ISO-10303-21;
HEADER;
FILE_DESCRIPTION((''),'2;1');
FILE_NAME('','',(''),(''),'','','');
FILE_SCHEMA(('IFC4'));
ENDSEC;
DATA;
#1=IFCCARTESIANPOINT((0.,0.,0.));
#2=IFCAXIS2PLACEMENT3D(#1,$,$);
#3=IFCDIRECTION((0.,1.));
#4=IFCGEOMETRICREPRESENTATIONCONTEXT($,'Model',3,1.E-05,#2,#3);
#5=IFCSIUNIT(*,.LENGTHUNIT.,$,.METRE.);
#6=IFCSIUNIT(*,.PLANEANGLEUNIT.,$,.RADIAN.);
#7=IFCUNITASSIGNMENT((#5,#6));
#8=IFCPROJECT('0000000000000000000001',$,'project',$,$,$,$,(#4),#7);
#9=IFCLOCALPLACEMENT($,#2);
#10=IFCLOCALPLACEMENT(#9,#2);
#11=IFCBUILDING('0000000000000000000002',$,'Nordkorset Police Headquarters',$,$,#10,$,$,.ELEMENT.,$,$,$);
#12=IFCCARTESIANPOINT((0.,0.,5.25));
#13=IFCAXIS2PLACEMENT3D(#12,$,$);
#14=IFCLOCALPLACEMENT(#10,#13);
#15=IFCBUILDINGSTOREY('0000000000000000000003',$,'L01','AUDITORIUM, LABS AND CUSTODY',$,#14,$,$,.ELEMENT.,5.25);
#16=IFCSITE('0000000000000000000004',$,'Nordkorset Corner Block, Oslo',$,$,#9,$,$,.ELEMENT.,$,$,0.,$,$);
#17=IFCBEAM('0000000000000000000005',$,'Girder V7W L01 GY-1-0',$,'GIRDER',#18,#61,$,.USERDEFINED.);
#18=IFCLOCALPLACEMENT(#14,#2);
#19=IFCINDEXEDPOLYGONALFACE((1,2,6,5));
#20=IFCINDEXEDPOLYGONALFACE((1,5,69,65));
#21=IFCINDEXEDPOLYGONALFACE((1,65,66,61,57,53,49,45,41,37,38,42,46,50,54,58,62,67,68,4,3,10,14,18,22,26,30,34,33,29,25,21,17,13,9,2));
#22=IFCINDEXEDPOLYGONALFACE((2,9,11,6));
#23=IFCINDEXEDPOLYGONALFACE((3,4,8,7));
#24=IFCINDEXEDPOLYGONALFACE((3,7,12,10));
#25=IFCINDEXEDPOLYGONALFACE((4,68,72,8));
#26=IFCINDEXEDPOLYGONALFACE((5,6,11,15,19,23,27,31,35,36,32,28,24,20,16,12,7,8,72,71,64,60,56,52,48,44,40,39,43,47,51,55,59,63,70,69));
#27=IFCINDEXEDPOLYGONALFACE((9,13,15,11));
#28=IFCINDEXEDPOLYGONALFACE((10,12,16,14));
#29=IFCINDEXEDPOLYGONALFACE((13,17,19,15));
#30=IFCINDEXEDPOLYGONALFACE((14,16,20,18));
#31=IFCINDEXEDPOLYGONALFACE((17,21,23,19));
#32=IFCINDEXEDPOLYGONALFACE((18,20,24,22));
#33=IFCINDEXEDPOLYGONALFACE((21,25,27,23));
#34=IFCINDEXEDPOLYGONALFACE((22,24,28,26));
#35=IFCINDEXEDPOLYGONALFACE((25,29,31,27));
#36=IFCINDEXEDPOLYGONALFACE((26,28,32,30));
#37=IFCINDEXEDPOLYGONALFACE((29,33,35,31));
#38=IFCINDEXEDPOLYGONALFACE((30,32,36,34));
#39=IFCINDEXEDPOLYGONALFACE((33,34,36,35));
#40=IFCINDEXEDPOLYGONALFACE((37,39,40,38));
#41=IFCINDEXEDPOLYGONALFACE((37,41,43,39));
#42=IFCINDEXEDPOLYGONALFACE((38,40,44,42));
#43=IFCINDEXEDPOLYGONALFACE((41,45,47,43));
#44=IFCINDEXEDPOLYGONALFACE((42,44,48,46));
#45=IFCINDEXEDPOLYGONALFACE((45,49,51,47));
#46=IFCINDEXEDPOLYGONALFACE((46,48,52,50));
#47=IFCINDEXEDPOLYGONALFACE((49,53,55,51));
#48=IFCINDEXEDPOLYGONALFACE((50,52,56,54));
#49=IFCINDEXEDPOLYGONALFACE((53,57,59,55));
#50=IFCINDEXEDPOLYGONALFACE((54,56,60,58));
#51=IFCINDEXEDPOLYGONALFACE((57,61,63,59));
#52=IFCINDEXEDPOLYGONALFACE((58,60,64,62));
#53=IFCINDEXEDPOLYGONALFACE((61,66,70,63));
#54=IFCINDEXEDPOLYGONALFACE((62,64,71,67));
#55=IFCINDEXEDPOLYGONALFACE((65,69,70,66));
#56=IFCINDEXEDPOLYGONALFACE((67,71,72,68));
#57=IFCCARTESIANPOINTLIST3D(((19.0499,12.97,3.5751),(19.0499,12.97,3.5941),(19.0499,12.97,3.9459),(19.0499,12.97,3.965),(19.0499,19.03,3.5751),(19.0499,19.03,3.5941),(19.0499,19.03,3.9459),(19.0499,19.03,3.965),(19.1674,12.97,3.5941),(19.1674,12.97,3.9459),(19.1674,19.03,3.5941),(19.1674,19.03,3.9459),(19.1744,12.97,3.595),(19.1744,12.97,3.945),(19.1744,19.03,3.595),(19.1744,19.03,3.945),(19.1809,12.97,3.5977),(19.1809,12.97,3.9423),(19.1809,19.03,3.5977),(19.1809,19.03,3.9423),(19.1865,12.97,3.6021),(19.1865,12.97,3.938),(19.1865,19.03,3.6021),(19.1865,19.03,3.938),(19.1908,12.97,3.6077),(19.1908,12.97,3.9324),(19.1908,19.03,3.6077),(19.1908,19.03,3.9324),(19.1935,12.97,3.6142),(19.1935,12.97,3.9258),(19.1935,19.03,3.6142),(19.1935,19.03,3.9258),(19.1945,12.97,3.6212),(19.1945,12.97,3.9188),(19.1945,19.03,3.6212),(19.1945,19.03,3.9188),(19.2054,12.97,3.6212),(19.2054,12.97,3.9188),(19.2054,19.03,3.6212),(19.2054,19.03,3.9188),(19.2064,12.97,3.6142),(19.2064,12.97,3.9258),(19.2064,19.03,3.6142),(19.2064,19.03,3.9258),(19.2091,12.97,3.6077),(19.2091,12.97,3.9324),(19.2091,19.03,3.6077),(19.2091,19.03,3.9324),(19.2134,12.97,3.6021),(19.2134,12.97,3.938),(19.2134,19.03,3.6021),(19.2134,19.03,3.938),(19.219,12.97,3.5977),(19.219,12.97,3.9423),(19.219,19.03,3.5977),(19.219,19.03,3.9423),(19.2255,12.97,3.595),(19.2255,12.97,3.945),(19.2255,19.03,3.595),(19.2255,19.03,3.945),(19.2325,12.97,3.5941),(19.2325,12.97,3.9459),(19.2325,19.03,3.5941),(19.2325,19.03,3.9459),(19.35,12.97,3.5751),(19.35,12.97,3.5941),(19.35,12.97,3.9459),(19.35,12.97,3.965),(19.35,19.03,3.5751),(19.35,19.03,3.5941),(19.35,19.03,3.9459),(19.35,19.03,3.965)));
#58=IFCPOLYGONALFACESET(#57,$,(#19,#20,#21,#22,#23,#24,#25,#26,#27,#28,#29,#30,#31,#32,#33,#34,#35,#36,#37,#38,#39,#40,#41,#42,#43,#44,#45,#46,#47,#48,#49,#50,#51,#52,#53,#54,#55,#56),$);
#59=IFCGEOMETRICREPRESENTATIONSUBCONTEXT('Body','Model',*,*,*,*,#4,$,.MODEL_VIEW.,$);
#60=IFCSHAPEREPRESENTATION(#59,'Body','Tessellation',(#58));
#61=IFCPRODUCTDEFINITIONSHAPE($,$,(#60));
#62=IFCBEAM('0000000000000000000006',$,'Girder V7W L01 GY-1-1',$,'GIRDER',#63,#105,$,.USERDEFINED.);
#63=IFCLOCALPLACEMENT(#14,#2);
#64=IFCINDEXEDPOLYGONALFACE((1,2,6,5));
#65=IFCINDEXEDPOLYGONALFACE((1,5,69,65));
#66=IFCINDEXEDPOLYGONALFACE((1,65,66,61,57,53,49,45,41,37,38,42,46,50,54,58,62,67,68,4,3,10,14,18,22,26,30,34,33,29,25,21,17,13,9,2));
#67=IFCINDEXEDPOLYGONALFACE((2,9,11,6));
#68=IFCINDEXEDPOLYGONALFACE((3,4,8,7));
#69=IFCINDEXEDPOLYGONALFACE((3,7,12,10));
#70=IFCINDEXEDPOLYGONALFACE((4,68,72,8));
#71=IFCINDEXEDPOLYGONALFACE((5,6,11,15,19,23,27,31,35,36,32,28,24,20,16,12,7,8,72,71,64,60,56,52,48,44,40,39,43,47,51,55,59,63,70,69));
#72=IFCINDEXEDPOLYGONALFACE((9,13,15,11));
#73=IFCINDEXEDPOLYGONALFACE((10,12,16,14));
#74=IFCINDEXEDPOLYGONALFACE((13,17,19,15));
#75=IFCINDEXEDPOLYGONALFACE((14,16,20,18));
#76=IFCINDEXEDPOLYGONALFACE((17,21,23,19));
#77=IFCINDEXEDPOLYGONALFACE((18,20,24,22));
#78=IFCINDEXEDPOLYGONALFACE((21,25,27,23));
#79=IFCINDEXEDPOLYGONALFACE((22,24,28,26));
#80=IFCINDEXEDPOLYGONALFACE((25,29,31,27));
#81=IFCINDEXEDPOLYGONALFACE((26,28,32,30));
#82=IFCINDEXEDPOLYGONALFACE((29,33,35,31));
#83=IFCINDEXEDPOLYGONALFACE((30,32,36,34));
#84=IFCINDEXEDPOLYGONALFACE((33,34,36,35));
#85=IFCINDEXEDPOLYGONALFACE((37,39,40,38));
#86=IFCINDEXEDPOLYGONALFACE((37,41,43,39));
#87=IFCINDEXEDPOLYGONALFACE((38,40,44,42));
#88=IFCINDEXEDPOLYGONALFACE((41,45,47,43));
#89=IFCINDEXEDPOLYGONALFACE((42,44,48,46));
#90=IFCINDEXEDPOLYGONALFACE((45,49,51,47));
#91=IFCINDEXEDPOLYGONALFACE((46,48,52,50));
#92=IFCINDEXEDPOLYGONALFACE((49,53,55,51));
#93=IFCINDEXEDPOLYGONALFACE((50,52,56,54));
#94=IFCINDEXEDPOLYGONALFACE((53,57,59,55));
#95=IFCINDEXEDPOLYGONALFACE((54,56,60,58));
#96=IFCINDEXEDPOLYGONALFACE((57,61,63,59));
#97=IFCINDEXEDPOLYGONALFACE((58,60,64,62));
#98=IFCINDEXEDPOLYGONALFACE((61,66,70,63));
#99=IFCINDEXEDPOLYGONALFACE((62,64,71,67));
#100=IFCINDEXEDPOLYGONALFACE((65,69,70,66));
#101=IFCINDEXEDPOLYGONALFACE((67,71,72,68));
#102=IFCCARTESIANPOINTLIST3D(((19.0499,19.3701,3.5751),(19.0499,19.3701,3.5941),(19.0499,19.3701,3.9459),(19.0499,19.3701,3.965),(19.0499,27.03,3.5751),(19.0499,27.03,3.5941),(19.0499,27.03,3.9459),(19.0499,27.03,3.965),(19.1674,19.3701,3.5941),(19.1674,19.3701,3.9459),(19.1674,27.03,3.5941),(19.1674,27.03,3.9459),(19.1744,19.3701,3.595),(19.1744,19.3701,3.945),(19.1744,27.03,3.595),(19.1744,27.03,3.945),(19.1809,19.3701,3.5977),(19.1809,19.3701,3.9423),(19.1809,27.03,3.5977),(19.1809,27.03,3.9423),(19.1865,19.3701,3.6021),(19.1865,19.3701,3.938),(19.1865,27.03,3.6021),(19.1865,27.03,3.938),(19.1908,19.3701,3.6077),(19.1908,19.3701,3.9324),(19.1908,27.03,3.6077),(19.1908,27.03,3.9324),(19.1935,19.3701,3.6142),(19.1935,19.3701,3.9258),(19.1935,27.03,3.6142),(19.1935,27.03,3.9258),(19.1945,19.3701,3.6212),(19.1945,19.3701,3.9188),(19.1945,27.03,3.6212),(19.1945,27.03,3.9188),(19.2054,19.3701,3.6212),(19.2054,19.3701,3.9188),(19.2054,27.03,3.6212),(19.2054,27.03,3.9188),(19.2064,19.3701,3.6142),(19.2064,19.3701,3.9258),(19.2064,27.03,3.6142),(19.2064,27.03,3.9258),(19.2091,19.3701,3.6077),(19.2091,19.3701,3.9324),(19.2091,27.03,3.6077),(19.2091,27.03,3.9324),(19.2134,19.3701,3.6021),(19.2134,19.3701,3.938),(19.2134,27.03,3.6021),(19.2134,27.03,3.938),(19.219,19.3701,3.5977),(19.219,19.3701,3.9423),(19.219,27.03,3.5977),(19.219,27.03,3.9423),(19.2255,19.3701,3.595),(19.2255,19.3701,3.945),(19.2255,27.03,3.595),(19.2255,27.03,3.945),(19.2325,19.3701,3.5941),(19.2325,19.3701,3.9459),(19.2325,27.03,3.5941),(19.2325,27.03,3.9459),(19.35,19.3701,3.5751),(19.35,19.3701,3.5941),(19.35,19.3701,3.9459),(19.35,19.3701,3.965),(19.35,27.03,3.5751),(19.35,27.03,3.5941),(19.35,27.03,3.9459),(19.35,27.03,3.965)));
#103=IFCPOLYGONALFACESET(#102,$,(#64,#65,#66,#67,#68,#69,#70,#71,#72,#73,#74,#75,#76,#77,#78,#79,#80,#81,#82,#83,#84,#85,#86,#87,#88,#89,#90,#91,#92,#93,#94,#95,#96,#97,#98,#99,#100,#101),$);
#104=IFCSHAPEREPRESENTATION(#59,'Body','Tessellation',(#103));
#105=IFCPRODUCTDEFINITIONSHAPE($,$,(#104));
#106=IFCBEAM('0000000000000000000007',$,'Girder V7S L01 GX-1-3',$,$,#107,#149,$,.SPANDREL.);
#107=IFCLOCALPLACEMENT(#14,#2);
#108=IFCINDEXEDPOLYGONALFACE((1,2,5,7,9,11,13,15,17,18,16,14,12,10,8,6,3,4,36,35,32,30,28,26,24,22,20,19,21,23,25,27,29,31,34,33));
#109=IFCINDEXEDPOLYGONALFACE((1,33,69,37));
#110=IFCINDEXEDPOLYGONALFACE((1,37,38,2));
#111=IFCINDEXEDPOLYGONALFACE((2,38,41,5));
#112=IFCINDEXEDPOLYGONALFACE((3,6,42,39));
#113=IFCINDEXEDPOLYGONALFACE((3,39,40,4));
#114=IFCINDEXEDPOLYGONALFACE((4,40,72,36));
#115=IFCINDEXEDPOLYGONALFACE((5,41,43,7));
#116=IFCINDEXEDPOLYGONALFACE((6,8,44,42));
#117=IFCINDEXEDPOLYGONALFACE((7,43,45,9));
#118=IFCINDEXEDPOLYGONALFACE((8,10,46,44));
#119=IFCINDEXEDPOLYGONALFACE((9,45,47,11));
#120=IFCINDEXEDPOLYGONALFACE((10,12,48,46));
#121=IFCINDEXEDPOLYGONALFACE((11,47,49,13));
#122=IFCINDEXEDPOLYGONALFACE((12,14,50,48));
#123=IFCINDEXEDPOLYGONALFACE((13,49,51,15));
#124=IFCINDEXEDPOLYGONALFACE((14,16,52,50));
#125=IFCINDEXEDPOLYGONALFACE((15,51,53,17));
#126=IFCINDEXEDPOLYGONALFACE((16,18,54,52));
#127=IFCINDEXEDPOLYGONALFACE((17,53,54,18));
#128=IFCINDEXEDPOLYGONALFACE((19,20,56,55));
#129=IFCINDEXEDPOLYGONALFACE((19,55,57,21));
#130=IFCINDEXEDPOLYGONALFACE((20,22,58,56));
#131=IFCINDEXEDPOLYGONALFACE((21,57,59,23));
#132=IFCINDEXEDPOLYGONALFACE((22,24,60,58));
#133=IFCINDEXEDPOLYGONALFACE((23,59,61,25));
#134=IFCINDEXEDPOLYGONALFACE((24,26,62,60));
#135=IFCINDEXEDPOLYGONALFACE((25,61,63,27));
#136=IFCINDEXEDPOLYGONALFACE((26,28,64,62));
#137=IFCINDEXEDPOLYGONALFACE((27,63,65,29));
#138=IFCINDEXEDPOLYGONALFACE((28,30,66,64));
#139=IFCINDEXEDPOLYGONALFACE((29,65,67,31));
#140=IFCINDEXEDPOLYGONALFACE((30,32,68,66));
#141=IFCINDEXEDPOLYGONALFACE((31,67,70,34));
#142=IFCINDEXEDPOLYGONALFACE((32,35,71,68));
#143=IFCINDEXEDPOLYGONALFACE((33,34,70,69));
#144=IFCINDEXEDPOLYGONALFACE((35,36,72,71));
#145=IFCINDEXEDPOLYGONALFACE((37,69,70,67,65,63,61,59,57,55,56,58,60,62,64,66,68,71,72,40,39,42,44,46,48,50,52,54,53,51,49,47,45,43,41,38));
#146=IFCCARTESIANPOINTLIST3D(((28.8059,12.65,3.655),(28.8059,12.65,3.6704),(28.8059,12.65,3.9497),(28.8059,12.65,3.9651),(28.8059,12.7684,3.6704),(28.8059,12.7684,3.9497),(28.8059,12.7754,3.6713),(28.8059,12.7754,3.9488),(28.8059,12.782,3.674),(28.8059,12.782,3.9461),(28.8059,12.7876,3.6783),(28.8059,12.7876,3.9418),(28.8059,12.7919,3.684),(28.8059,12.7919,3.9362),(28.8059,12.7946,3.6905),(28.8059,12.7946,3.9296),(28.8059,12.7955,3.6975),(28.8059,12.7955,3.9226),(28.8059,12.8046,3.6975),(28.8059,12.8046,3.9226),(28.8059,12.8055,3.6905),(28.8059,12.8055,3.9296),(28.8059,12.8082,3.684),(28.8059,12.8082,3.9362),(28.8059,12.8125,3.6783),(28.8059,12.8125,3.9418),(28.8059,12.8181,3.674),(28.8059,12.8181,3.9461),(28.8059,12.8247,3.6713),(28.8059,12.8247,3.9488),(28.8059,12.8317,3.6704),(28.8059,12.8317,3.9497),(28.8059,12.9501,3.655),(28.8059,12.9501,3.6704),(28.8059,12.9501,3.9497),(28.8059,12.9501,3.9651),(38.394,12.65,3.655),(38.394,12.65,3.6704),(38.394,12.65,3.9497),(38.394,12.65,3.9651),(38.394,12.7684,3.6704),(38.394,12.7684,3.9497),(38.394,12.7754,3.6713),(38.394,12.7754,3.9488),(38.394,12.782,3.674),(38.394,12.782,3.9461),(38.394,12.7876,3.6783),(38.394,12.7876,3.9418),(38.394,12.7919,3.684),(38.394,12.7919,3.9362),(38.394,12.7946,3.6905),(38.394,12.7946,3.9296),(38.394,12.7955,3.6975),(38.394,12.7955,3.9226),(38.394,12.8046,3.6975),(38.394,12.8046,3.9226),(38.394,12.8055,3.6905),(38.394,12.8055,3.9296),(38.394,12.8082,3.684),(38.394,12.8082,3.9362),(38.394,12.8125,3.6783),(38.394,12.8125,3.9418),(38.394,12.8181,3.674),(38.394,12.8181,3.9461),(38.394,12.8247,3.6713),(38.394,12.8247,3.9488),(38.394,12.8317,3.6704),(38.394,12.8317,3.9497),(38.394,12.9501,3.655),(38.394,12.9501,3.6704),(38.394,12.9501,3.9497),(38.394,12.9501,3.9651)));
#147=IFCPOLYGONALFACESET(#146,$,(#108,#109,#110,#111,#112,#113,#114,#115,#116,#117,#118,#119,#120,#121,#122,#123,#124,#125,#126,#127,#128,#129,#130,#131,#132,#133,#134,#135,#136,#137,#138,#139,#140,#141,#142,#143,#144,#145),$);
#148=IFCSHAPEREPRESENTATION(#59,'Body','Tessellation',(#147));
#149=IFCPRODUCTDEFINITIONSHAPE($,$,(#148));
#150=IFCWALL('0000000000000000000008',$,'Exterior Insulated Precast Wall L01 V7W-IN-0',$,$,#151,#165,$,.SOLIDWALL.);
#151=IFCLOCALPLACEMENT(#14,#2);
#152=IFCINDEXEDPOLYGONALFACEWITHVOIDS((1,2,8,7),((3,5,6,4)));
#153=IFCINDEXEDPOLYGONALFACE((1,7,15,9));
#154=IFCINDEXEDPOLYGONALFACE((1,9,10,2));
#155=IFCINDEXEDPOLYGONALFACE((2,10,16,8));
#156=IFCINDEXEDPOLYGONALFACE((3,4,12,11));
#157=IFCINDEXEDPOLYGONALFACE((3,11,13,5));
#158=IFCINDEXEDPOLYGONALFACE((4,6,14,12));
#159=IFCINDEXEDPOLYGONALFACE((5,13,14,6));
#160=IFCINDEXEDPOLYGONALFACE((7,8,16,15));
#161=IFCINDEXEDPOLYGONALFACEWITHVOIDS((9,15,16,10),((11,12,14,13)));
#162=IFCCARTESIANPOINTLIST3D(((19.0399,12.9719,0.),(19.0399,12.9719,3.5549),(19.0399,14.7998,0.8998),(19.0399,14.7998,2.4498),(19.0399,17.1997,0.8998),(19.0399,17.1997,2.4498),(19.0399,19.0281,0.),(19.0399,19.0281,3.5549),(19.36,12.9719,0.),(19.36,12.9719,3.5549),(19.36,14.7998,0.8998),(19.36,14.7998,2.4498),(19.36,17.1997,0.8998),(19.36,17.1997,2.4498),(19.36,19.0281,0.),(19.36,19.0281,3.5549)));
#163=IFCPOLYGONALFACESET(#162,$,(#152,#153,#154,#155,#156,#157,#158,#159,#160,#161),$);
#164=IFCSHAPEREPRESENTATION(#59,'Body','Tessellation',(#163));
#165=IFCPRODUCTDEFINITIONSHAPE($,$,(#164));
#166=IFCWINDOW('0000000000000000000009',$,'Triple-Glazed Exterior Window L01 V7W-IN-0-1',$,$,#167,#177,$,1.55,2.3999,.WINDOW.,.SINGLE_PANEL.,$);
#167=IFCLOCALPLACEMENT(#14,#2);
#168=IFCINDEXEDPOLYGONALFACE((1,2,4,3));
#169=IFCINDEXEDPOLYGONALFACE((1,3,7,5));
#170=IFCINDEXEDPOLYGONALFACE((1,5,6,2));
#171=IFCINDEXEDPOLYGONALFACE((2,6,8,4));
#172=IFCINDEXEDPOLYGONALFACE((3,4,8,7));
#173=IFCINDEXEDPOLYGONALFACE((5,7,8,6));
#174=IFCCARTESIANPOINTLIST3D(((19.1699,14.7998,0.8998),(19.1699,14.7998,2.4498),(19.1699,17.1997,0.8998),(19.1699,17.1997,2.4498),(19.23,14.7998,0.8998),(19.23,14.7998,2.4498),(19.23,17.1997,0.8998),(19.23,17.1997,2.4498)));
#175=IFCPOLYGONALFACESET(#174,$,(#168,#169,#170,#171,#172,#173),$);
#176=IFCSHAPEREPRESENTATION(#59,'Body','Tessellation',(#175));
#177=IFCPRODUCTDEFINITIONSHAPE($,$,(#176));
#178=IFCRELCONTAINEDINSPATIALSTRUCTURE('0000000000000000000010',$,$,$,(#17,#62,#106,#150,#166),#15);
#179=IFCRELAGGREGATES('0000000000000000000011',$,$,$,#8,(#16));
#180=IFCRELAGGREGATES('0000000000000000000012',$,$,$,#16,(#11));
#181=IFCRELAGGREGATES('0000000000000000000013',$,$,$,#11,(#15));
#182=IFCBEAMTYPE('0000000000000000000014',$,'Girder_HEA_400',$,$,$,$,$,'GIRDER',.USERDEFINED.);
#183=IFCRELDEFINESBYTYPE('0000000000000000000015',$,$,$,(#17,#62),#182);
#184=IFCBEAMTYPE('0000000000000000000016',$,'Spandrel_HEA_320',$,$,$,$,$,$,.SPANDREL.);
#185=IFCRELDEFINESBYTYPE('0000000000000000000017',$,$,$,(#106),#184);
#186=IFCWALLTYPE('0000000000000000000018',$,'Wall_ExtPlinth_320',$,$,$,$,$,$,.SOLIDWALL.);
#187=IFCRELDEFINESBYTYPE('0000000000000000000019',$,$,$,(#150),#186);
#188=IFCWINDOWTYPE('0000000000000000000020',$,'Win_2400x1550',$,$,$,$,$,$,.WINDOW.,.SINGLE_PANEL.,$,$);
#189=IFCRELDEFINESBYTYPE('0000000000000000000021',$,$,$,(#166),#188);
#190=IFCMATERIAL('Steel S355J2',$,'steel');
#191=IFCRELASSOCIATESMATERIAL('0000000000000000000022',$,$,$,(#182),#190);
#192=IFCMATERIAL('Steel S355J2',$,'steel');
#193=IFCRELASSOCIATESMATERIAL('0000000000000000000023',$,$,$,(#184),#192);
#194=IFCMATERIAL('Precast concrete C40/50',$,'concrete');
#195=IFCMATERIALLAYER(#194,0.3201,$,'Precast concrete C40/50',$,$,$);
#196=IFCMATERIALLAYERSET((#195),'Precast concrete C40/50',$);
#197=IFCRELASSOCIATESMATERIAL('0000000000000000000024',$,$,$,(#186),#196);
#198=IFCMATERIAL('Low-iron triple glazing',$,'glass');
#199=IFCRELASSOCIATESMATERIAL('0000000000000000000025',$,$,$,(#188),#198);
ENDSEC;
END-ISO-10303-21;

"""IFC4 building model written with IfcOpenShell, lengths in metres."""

from ifc_helpers import new_model, si_unit, direction, frame, frame_2d, origin, origin_2d, place, context, subcontext, project, spatial, rectangle, i_section, extrude, material, layer, layer_set, material_profile, profile_set, type_object, element, fill, save


model = new_model("IFC4")

# Units and contexts
model_context = context("Model", 3, precision=1e-05, world=origin(), true_north=direction((0.0, 1.0)))
body_context = subcontext(model_context, "Body", "Model", "MODEL_VIEW")
ifc_project = project(units=[si_unit("LENGTHUNIT", "METRE"), si_unit("PLANEANGLEUNIT", "RADIAN")], contexts=[model_context])

# Site, building, storey
site_placement = place(None, origin())
site = spatial("IfcSite", under=ifc_project, at=site_placement, Name="Nordkorset Corner Block, Oslo", CompositionType="ELEMENT", RefElevation=0.0)
building_placement = place(site_placement, origin())
building = spatial("IfcBuilding", under=site, at=building_placement, Name="Nordkorset Police Headquarters", CompositionType="ELEMENT")
storey_placement = place(building_placement, frame((0.0, 0.0, 5.25)))
storey = spatial("IfcBuildingStorey", under=building, at=storey_placement, Name="L01", Description="AUDITORIUM, LABS AND CUSTODY", CompositionType="ELEMENT", Elevation=5.25)

# Beams
ifc_material_1 = material(Name="Steel S355J2", Category="steel")
ifc_material_profile_1 = material_profile(ifc_material_1, i_section(OverallWidth=0.3, OverallDepth=0.3899, WebThickness=0.011, FlangeThickness=0.019, FilletRadius=0.0271, at=origin_2d()), Name="HEA 400")
ifc_profile_set_1 = profile_set([ifc_material_profile_1], Name="Steel S355J2")
beam_type_1 = type_object("IfcBeamType", Name="Girder_HEA_400", ElementType="GIRDER", PredefinedType="USERDEFINED", material=ifc_profile_set_1)
beam_1_placement = place(storey_placement, frame((19.2, 12.97, 3.77), z_axis=(0.0, 1.0, 0.0), x_axis=(-1.0, 0.0, 0.0)))
element("IfcBeam", 1, at=beam_1_placement, inside=storey, type_object=beam_type_1, Name="Girder V7W L01 GY-1-0", ObjectType="GIRDER", PredefinedType="USERDEFINED", context=body_context, shape_type="SweptSolid", body=[
    extrude(i_section(OverallWidth=0.3, OverallDepth=0.3899, WebThickness=0.011, FlangeThickness=0.019, FilletRadius=0.0271, at=origin_2d()), origin(), (0.0, 0.0, 1.0), 6.0601),
])
beam_2_placement = place(storey_placement, frame((19.2, 19.3701, 3.77), z_axis=(0.0, 1.0, 0.0), x_axis=(-1.0, 0.0, 0.0)))
element("IfcBeam", 2, at=beam_2_placement, inside=storey, type_object=beam_type_1, Name="Girder V7W L01 GY-1-1", ObjectType="GIRDER", PredefinedType="USERDEFINED", context=body_context, shape_type="SweptSolid", body=[
    extrude(i_section(OverallWidth=0.3, OverallDepth=0.3899, WebThickness=0.011, FlangeThickness=0.019, FilletRadius=0.0271, at=origin_2d()), origin(), (0.0, 0.0, 1.0), 7.6599),
])
ifc_material_2 = material(Name="Steel S355J2", Category="steel")
ifc_material_profile_2 = material_profile(ifc_material_2, i_section(OverallWidth=0.3, OverallDepth=0.3101, WebThickness=0.009, FlangeThickness=0.0154, FilletRadius=0.0271, at=origin_2d()), Name="HEA 320")
ifc_profile_set_2 = profile_set([ifc_material_profile_2], Name="Steel S355J2")
beam_type_2 = type_object("IfcBeamType", Name="Spandrel_HEA_320", PredefinedType="SPANDREL", material=ifc_profile_set_2)
beam_3_placement = place(storey_placement, frame((28.8059, 12.8, 3.8101), z_axis=(1.0, 0.0, 0.0), x_axis=(0.0, 1.0, 0.0)))
element("IfcBeam", 3, at=beam_3_placement, inside=storey, type_object=beam_type_2, Name="Girder V7S L01 GX-1-3", PredefinedType="SPANDREL", context=body_context, shape_type="SweptSolid", body=[
    extrude(i_section(OverallWidth=0.3, OverallDepth=0.3101, WebThickness=0.009, FlangeThickness=0.0154, FilletRadius=0.0271, at=origin_2d()), origin(), (0.0, 0.0, 1.0), 9.5881),
])

# Wall, opening, window
ifc_material_3 = material(Name="Precast concrete C40/50", Category="concrete")
ifc_layer_1 = layer(ifc_material_3, 0.3201, Name="Precast concrete C40/50")
ifc_layer_set_1 = layer_set([ifc_layer_1], Name="Precast concrete C40/50")
wall_type_1 = type_object("IfcWallType", Name="Wall_ExtPlinth_320", PredefinedType="SOLIDWALL", material=ifc_layer_set_1)
wall_1_placement = place(storey_placement, frame((19.2, 12.9719, 0.0), z_axis=(0.0, 0.0, 1.0), x_axis=(0.0, 1.0, 0.0)))
wall_1 = element("IfcWall", 4, at=wall_1_placement, inside=storey, type_object=wall_type_1, Name="Exterior Insulated Precast Wall L01 V7W-IN-0", PredefinedType="SOLIDWALL", context=body_context, shape_type="SweptSolid", body=[
    extrude(rectangle(XDim=6.0562, YDim=0.3201, at=frame_2d((3.0281, 0.0))), origin(), (0.0, 0.0, 1.0), 3.5549),
])
opening_1_placement = place(wall_1_placement, frame((1.8279, 0.0, 0.8999)))
opening_1 = element("IfcOpeningElement", 5, at=opening_1_placement, cuts=wall_1, PredefinedType="OPENING", context=body_context, shape_type="SweptSolid", body=[
    extrude(rectangle(XDim=2.3999, YDim=1.55, at=frame_2d((1.2, 0.7749))), frame((0.0, 0.1699, 0.0), z_axis=(0.0, -1.0, 0.0), x_axis=(1.0, 0.0, 0.0)), (0.0, 0.0, 1.0), 0.3401),
])
ifc_material_4 = material(Name="Low-iron triple glazing", Category="glass")
window_type_1 = type_object("IfcWindowType", Name="Win_2400x1550", PartitioningType="SINGLE_PANEL", PredefinedType="WINDOW", material=ifc_material_4)
window_1_placement = place(opening_1_placement, origin())
window_1 = element("IfcWindow", 6, at=window_1_placement, inside=storey, type_object=window_type_1, Name="Triple-Glazed Exterior Window L01 V7W-IN-0-1", OverallHeight=1.55, OverallWidth=2.3999, PartitioningType="SINGLE_PANEL", PredefinedType="WINDOW", context=body_context, shape_type="SweptSolid", body=[
    extrude(rectangle(XDim=2.3999, YDim=1.55, at=frame_2d((1.2, 0.7749))), frame((0.0, 0.03, 0.0), z_axis=(0.0, -1.0, 0.0), x_axis=(1.0, 0.0, 0.0)), (0.0, 0.0, 1.0), 0.0601),
])
fill(opening_1, window_1)

save(model, "model.ifc")
